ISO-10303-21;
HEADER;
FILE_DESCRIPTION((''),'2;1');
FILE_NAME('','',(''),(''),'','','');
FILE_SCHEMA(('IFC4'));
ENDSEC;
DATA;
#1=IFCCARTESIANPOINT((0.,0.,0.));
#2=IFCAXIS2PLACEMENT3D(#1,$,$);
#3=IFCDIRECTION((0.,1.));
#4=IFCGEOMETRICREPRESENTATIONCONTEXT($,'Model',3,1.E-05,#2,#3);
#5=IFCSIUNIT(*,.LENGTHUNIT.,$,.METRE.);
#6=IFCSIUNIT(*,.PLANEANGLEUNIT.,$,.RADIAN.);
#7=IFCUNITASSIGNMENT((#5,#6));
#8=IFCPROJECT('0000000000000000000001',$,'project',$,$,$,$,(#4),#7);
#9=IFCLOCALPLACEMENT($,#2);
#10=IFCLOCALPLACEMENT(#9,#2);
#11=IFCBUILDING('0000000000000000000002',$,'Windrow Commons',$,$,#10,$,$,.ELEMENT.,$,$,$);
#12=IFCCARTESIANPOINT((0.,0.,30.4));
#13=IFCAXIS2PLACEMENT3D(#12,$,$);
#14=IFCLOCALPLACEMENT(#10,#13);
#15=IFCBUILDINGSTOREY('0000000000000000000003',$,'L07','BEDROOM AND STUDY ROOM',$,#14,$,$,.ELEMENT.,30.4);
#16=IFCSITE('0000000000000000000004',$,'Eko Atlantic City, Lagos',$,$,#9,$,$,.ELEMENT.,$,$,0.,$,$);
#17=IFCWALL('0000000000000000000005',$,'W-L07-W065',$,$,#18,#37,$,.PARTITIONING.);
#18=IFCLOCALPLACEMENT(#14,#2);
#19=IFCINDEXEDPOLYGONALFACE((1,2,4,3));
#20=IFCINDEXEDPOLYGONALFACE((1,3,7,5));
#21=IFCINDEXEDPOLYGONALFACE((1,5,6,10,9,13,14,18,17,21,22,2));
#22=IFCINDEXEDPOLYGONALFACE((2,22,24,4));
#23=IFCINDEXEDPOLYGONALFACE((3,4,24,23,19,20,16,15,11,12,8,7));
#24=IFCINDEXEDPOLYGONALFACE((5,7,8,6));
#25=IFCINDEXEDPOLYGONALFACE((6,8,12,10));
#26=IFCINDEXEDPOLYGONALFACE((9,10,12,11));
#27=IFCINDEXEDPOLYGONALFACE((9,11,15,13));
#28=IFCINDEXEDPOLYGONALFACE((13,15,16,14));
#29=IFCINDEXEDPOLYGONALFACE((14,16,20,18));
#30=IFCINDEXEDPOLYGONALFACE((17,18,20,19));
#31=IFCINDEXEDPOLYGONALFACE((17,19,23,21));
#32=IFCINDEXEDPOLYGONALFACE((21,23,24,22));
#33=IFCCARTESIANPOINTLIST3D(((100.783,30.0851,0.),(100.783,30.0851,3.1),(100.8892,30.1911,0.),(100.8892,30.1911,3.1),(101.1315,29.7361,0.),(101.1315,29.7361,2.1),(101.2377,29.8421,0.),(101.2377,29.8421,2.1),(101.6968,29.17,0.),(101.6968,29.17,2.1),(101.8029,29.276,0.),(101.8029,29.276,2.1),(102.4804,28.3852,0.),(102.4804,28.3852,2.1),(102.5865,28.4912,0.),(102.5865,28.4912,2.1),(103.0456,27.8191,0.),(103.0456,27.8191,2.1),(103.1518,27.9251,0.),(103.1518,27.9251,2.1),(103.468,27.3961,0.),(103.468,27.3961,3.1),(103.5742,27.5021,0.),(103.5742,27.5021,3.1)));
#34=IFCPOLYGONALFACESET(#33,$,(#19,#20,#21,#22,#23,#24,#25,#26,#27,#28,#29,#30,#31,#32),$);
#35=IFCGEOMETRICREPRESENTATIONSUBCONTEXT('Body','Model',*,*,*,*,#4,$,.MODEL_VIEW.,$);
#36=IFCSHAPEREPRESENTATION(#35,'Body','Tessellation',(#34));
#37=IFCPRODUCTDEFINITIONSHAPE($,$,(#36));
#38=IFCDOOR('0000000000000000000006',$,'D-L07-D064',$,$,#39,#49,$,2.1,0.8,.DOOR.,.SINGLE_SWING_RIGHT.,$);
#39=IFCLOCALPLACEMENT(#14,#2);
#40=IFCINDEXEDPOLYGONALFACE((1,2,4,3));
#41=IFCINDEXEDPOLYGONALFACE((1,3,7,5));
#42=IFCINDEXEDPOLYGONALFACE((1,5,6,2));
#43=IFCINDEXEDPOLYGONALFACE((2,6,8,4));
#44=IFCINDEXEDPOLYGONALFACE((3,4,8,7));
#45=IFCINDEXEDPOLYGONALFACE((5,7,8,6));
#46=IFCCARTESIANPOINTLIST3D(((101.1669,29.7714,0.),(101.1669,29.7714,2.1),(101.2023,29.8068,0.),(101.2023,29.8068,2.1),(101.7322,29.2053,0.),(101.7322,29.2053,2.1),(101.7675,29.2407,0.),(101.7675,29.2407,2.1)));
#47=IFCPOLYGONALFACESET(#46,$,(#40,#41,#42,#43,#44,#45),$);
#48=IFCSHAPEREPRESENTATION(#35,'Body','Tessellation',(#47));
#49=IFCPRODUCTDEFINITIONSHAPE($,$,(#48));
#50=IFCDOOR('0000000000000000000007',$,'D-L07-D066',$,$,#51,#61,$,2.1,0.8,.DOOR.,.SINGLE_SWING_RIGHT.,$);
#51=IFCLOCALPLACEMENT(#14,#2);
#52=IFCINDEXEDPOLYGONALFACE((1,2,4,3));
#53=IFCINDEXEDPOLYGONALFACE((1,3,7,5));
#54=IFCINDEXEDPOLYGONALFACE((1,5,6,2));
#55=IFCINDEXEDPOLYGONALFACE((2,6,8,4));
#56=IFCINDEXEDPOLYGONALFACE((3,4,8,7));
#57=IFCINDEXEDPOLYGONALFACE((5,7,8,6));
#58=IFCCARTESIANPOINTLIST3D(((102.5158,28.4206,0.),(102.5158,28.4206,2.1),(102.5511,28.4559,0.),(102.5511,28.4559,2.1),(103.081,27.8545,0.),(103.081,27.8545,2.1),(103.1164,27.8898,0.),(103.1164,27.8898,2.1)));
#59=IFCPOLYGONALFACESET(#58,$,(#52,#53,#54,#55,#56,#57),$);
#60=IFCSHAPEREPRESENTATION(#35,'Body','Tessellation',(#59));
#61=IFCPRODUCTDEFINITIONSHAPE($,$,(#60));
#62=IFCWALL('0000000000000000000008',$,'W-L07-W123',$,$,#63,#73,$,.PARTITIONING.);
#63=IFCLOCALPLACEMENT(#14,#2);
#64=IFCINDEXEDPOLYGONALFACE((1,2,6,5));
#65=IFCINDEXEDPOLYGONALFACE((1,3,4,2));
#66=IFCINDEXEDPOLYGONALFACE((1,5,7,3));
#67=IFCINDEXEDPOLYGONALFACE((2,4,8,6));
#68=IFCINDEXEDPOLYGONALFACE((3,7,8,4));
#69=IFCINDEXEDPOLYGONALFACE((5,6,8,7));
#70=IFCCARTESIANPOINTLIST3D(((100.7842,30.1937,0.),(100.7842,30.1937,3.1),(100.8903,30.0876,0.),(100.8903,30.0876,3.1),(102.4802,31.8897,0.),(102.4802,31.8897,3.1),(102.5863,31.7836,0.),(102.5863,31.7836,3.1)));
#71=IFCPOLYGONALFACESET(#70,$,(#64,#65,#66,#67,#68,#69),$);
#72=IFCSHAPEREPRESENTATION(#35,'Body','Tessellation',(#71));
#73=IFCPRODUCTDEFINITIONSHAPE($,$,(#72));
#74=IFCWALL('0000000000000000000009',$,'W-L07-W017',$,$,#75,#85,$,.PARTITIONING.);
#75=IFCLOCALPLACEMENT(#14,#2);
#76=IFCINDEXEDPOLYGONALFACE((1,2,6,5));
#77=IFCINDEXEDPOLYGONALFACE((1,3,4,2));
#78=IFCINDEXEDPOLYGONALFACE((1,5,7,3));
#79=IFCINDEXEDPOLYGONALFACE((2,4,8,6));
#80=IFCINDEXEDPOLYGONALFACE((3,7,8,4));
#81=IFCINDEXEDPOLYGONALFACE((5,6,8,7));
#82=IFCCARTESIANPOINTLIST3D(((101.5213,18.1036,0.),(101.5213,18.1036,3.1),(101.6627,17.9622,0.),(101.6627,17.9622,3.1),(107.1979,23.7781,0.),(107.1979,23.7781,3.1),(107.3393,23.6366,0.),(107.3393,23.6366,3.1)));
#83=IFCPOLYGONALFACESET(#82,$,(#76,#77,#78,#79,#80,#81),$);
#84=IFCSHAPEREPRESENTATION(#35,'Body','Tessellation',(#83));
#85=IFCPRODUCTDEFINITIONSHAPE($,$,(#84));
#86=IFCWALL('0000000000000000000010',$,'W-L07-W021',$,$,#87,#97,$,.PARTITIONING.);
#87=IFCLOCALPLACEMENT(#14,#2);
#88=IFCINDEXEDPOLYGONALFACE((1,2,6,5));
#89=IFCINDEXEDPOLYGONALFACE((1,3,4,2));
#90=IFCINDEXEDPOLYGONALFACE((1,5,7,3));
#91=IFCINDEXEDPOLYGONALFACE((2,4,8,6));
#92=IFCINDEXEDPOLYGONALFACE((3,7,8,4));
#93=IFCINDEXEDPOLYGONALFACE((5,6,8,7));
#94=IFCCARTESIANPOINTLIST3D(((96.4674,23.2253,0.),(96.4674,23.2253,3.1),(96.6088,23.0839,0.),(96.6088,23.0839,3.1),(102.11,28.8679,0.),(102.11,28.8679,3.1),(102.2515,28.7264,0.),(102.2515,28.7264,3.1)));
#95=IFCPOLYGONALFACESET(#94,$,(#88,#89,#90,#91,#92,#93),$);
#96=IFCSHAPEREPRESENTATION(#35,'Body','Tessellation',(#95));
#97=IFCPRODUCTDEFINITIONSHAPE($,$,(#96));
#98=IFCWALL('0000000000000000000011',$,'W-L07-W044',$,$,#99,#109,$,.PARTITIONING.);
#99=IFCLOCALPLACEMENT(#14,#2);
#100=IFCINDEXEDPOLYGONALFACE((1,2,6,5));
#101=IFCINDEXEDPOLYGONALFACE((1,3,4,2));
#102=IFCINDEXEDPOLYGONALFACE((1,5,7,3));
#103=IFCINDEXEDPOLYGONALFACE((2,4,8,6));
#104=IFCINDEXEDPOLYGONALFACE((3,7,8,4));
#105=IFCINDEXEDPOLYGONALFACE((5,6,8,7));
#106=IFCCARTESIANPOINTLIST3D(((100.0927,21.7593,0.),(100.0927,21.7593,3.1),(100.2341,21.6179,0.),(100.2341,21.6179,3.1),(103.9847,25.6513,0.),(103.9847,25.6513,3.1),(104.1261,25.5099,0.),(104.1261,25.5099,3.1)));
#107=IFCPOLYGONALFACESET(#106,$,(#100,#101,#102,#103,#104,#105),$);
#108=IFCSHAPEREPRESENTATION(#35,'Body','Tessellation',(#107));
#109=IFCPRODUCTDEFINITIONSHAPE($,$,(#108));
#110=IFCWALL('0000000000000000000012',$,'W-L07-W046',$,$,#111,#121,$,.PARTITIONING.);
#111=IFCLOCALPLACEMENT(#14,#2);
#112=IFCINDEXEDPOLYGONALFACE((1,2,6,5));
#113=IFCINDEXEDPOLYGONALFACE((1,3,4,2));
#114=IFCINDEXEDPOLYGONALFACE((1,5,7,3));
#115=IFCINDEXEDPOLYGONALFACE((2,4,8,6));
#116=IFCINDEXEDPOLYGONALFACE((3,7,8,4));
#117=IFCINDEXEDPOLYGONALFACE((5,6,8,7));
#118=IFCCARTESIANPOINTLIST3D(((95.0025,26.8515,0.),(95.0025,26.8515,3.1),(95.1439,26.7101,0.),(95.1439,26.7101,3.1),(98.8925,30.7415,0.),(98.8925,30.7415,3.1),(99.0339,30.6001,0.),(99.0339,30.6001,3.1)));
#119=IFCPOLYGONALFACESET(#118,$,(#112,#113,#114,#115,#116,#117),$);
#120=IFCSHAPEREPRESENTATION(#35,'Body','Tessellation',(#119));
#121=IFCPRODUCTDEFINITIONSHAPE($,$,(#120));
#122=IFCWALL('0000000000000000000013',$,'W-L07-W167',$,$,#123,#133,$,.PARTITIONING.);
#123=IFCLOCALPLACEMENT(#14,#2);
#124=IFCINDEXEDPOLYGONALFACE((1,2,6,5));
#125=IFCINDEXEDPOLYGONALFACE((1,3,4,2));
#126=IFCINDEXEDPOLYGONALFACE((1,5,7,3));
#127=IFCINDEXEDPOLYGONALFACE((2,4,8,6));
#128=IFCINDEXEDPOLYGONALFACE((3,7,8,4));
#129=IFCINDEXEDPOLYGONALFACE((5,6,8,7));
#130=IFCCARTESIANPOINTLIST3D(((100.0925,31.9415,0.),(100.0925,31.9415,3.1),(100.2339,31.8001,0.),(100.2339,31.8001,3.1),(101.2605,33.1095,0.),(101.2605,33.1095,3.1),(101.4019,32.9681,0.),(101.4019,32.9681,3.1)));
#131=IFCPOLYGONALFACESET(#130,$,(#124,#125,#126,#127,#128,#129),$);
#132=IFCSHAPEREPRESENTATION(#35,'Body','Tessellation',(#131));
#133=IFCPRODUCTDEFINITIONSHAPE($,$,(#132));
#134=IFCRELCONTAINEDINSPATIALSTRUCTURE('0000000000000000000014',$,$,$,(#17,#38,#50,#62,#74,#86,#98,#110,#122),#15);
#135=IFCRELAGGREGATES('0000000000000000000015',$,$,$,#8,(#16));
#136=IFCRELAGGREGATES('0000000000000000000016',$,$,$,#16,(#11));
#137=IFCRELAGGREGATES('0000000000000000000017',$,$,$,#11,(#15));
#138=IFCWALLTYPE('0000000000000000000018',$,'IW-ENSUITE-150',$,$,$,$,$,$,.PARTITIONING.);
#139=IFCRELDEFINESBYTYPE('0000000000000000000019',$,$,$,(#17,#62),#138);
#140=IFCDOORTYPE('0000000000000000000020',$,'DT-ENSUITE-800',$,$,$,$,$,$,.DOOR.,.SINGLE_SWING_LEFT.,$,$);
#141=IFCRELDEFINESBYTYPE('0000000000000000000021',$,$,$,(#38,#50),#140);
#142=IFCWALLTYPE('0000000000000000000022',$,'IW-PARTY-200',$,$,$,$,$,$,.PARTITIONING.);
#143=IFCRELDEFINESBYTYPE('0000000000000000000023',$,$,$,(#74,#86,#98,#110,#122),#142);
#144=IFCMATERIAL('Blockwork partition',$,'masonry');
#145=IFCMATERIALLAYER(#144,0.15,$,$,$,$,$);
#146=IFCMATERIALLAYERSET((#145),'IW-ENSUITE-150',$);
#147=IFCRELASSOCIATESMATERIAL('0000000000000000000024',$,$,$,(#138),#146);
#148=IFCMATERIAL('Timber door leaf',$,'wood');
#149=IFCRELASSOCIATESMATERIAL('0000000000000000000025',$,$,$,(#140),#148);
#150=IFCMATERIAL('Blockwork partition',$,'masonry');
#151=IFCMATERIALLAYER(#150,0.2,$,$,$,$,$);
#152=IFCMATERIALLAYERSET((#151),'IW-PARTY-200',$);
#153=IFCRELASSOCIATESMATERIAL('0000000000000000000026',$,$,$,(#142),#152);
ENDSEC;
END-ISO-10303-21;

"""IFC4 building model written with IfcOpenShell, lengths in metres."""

from ifc_helpers import new_model, si_unit, direction, frame, frame_2d, origin, place, context, subcontext, project, spatial, rectangle, extrude, material, layer, layer_set, type_object, element, fill, save


model = new_model("IFC4")

# Units and contexts
model_context = context("Model", 3, precision=1e-05, world=origin(), true_north=direction((0.0, 1.0)))
body_context = subcontext(model_context, "Body", "Model", "MODEL_VIEW")
ifc_project = project(units=[si_unit("LENGTHUNIT", "METRE"), si_unit("PLANEANGLEUNIT", "RADIAN")], contexts=[model_context])

# Site, building, storey
site_placement = place(None, origin())
site = spatial("IfcSite", under=ifc_project, at=site_placement, Name="Eko Atlantic City, Lagos", CompositionType="ELEMENT", RefElevation=0.0)
building_placement = place(site_placement, origin())
building = spatial("IfcBuilding", under=site, at=building_placement, Name="Windrow Commons", CompositionType="ELEMENT")
storey_placement = place(building_placement, frame((0.0, 0.0, 30.4)))
storey = spatial("IfcBuildingStorey", under=building, at=storey_placement, Name="L07", Description="BEDROOM AND STUDY ROOM", CompositionType="ELEMENT", Elevation=30.4)

# Wall, openings, doors
ifc_material_1 = material(Name="Blockwork partition", Category="masonry")
ifc_layer_1 = layer(ifc_material_1, 0.15)
ifc_layer_set_1 = layer_set([ifc_layer_1], Name="IW-ENSUITE-150")
wall_type_1 = type_object("IfcWallType", Name="IW-ENSUITE-150", PredefinedType="PARTITIONING", material=ifc_layer_set_1)
wall_1_placement = place(storey_placement, frame((100.8361, 30.1381, 0.0), z_axis=(0.0, 0.0, 1.0), x_axis=(0.70658, -0.707633, 0.0)))
wall_1 = element("IfcWall", 1, at=wall_1_placement, inside=storey, type_object=wall_type_1, Name="W-L07-W065", PredefinedType="PARTITIONING", context=body_context, shape_type="SweptSolid", body=[
    extrude(rectangle(XDim=3.8, YDim=0.15, at=frame_2d((1.9, 0.0))), origin(), (0.0, 0.0, 1.0), 3.1),
])
opening_1_placement = place(wall_1_placement, frame((0.4932, 0.0, 0.0)))
opening_1 = element("IfcOpeningElement", 2, at=opening_1_placement, cuts=wall_1, PredefinedType="OPENING", context=body_context, shape_type="SweptSolid", body=[
    extrude(rectangle(XDim=0.8, YDim=2.1, at=frame_2d((0.4, 1.05))), frame((0.0, 0.085, 0.0), z_axis=(0.0, -1.0, 0.0), x_axis=(1.0, 0.0, 0.0)), (0.0, 0.0, 1.0), 0.17),
])
opening_2_placement = place(wall_1_placement, frame((2.4022, 0.0, 0.0)))
opening_2 = element("IfcOpeningElement", 3, at=opening_2_placement, cuts=wall_1, PredefinedType="OPENING", context=body_context, shape_type="SweptSolid", body=[
    extrude(rectangle(XDim=0.8, YDim=2.1, at=frame_2d((0.4, 1.05))), frame((0.0, 0.085, 0.0), z_axis=(0.0, -1.0, 0.0), x_axis=(1.0, 0.0, 0.0)), (0.0, 0.0, 1.0), 0.17),
])
ifc_material_2 = material(Name="Timber door leaf", Category="wood")
door_type = type_object("IfcDoorType", Name="DT-ENSUITE-800", OperationType="SINGLE_SWING_LEFT", PredefinedType="DOOR", material=ifc_material_2)
door_1_placement = place(opening_1_placement, origin())
door_1 = element("IfcDoor", 4, at=door_1_placement, inside=storey, type_object=door_type, Name="D-L07-D064", OperationType="SINGLE_SWING_RIGHT", OverallHeight=2.1, OverallWidth=0.8, PredefinedType="DOOR", context=body_context, shape_type="SweptSolid", body=[
    extrude(rectangle(XDim=0.8, YDim=2.1, at=frame_2d((0.4, 1.05))), frame((0.0, 0.025, 0.0), z_axis=(0.0, -1.0, 0.0), x_axis=(1.0, 0.0, 0.0)), (0.0, 0.0, 1.0), 0.05),
])
fill(opening_1, door_1)
door_2_placement = place(opening_2_placement, origin())
door_2 = element("IfcDoor", 5, at=door_2_placement, inside=storey, type_object=door_type, Name="D-L07-D066", OperationType="SINGLE_SWING_RIGHT", OverallHeight=2.1, OverallWidth=0.8, PredefinedType="DOOR", context=body_context, shape_type="SweptSolid", body=[
    extrude(rectangle(XDim=0.8, YDim=2.1, at=frame_2d((0.4, 1.05))), frame((0.0, 0.025, 0.0), z_axis=(0.0, -1.0, 0.0), x_axis=(1.0, 0.0, 0.0)), (0.0, 0.0, 1.0), 0.05),
])
fill(opening_2, door_2)

# Walls
wall_2_placement = place(storey_placement, frame((100.8373, 30.1407, 0.0), z_axis=(0.0, 0.0, 1.0), x_axis=(0.707107, 0.707107, 0.0)))
element("IfcWall", 6, at=wall_2_placement, inside=storey, type_object=wall_type_1, Name="W-L07-W123", PredefinedType="PARTITIONING", context=body_context, shape_type="SweptSolid", body=[
    extrude(rectangle(XDim=2.3985, YDim=0.15, at=frame_2d((1.1992, 0.0))), origin(), (0.0, 0.0, 1.0), 3.1),
])
ifc_material_3 = material(Name="Blockwork partition", Category="masonry")
ifc_layer_2 = layer(ifc_material_3, 0.2)
ifc_layer_set_2 = layer_set([ifc_layer_2], Name="IW-PARTY-200")
wall_type_2 = type_object("IfcWallType", Name="IW-PARTY-200", PredefinedType="PARTITIONING", material=ifc_layer_set_2)
wall_3_placement = place(storey_placement, frame((101.592, 18.0329, 0.0), z_axis=(0.0, 0.0, 1.0), x_axis=(0.707238, 0.706976, 0.0)))
element("IfcWall", 7, at=wall_3_placement, inside=storey, type_object=wall_type_2, Name="W-L07-W017", PredefinedType="PARTITIONING", context=body_context, shape_type="SweptSolid", body=[
    extrude(rectangle(XDim=8.0264, YDim=0.2, at=frame_2d((4.0132, 0.0))), origin(), (0.0, 0.0, 1.0), 3.1),
])
wall_4_placement = place(storey_placement, frame((96.5381, 23.1546, 0.0), z_axis=(0.0, 0.0, 1.0), x_axis=(0.707113, 0.707101, 0.0)))
element("IfcWall", 8, at=wall_4_placement, inside=storey, type_object=wall_type_2, Name="W-L07-W021", PredefinedType="PARTITIONING", context=body_context, shape_type="SweptSolid", body=[
    extrude(rectangle(XDim=7.9799, YDim=0.2, at=frame_2d((3.9899, 0.0))), origin(), (0.0, 0.0, 1.0), 3.1),
])
wall_5_placement = place(storey_placement, frame((100.1634, 21.6886, 0.0), z_axis=(0.0, 0.0, 1.0), x_axis=(0.707107, 0.707107, 0.0)))
element("IfcWall", 9, at=wall_5_placement, inside=storey, type_object=wall_type_2, Name="W-L07-W044", PredefinedType="PARTITIONING", context=body_context, shape_type="SweptSolid", body=[
    extrude(rectangle(XDim=5.5041, YDim=0.2, at=frame_2d((2.7521, 0.0))), origin(), (0.0, 0.0, 1.0), 3.1),
])
wall_6_placement = place(storey_placement, frame((95.0732, 26.7808, 0.0), z_axis=(0.0, 0.0, 1.0), x_axis=(0.707107, 0.707107, 0.0)))
element("IfcWall", 10, at=wall_6_placement, inside=storey, type_object=wall_type_2, Name="W-L07-W046", PredefinedType="PARTITIONING", context=body_context, shape_type="SweptSolid", body=[
    extrude(rectangle(XDim=5.5013, YDim=0.2, at=frame_2d((2.7506, 0.0))), origin(), (0.0, 0.0, 1.0), 3.1),
])
wall_7_placement = place(storey_placement, frame((100.1632, 31.8708, 0.0), z_axis=(0.0, 0.0, 1.0), x_axis=(0.707107, 0.707107, 0.0)))
element("IfcWall", 11, at=wall_7_placement, inside=storey, type_object=wall_type_2, Name="W-L07-W167", PredefinedType="PARTITIONING", context=body_context, shape_type="SweptSolid", body=[
    extrude(rectangle(XDim=1.6518, YDim=0.2, at=frame_2d((0.8259, 0.0))), origin(), (0.0, 0.0, 1.0), 3.1),
])

save(model, "model.ifc")
